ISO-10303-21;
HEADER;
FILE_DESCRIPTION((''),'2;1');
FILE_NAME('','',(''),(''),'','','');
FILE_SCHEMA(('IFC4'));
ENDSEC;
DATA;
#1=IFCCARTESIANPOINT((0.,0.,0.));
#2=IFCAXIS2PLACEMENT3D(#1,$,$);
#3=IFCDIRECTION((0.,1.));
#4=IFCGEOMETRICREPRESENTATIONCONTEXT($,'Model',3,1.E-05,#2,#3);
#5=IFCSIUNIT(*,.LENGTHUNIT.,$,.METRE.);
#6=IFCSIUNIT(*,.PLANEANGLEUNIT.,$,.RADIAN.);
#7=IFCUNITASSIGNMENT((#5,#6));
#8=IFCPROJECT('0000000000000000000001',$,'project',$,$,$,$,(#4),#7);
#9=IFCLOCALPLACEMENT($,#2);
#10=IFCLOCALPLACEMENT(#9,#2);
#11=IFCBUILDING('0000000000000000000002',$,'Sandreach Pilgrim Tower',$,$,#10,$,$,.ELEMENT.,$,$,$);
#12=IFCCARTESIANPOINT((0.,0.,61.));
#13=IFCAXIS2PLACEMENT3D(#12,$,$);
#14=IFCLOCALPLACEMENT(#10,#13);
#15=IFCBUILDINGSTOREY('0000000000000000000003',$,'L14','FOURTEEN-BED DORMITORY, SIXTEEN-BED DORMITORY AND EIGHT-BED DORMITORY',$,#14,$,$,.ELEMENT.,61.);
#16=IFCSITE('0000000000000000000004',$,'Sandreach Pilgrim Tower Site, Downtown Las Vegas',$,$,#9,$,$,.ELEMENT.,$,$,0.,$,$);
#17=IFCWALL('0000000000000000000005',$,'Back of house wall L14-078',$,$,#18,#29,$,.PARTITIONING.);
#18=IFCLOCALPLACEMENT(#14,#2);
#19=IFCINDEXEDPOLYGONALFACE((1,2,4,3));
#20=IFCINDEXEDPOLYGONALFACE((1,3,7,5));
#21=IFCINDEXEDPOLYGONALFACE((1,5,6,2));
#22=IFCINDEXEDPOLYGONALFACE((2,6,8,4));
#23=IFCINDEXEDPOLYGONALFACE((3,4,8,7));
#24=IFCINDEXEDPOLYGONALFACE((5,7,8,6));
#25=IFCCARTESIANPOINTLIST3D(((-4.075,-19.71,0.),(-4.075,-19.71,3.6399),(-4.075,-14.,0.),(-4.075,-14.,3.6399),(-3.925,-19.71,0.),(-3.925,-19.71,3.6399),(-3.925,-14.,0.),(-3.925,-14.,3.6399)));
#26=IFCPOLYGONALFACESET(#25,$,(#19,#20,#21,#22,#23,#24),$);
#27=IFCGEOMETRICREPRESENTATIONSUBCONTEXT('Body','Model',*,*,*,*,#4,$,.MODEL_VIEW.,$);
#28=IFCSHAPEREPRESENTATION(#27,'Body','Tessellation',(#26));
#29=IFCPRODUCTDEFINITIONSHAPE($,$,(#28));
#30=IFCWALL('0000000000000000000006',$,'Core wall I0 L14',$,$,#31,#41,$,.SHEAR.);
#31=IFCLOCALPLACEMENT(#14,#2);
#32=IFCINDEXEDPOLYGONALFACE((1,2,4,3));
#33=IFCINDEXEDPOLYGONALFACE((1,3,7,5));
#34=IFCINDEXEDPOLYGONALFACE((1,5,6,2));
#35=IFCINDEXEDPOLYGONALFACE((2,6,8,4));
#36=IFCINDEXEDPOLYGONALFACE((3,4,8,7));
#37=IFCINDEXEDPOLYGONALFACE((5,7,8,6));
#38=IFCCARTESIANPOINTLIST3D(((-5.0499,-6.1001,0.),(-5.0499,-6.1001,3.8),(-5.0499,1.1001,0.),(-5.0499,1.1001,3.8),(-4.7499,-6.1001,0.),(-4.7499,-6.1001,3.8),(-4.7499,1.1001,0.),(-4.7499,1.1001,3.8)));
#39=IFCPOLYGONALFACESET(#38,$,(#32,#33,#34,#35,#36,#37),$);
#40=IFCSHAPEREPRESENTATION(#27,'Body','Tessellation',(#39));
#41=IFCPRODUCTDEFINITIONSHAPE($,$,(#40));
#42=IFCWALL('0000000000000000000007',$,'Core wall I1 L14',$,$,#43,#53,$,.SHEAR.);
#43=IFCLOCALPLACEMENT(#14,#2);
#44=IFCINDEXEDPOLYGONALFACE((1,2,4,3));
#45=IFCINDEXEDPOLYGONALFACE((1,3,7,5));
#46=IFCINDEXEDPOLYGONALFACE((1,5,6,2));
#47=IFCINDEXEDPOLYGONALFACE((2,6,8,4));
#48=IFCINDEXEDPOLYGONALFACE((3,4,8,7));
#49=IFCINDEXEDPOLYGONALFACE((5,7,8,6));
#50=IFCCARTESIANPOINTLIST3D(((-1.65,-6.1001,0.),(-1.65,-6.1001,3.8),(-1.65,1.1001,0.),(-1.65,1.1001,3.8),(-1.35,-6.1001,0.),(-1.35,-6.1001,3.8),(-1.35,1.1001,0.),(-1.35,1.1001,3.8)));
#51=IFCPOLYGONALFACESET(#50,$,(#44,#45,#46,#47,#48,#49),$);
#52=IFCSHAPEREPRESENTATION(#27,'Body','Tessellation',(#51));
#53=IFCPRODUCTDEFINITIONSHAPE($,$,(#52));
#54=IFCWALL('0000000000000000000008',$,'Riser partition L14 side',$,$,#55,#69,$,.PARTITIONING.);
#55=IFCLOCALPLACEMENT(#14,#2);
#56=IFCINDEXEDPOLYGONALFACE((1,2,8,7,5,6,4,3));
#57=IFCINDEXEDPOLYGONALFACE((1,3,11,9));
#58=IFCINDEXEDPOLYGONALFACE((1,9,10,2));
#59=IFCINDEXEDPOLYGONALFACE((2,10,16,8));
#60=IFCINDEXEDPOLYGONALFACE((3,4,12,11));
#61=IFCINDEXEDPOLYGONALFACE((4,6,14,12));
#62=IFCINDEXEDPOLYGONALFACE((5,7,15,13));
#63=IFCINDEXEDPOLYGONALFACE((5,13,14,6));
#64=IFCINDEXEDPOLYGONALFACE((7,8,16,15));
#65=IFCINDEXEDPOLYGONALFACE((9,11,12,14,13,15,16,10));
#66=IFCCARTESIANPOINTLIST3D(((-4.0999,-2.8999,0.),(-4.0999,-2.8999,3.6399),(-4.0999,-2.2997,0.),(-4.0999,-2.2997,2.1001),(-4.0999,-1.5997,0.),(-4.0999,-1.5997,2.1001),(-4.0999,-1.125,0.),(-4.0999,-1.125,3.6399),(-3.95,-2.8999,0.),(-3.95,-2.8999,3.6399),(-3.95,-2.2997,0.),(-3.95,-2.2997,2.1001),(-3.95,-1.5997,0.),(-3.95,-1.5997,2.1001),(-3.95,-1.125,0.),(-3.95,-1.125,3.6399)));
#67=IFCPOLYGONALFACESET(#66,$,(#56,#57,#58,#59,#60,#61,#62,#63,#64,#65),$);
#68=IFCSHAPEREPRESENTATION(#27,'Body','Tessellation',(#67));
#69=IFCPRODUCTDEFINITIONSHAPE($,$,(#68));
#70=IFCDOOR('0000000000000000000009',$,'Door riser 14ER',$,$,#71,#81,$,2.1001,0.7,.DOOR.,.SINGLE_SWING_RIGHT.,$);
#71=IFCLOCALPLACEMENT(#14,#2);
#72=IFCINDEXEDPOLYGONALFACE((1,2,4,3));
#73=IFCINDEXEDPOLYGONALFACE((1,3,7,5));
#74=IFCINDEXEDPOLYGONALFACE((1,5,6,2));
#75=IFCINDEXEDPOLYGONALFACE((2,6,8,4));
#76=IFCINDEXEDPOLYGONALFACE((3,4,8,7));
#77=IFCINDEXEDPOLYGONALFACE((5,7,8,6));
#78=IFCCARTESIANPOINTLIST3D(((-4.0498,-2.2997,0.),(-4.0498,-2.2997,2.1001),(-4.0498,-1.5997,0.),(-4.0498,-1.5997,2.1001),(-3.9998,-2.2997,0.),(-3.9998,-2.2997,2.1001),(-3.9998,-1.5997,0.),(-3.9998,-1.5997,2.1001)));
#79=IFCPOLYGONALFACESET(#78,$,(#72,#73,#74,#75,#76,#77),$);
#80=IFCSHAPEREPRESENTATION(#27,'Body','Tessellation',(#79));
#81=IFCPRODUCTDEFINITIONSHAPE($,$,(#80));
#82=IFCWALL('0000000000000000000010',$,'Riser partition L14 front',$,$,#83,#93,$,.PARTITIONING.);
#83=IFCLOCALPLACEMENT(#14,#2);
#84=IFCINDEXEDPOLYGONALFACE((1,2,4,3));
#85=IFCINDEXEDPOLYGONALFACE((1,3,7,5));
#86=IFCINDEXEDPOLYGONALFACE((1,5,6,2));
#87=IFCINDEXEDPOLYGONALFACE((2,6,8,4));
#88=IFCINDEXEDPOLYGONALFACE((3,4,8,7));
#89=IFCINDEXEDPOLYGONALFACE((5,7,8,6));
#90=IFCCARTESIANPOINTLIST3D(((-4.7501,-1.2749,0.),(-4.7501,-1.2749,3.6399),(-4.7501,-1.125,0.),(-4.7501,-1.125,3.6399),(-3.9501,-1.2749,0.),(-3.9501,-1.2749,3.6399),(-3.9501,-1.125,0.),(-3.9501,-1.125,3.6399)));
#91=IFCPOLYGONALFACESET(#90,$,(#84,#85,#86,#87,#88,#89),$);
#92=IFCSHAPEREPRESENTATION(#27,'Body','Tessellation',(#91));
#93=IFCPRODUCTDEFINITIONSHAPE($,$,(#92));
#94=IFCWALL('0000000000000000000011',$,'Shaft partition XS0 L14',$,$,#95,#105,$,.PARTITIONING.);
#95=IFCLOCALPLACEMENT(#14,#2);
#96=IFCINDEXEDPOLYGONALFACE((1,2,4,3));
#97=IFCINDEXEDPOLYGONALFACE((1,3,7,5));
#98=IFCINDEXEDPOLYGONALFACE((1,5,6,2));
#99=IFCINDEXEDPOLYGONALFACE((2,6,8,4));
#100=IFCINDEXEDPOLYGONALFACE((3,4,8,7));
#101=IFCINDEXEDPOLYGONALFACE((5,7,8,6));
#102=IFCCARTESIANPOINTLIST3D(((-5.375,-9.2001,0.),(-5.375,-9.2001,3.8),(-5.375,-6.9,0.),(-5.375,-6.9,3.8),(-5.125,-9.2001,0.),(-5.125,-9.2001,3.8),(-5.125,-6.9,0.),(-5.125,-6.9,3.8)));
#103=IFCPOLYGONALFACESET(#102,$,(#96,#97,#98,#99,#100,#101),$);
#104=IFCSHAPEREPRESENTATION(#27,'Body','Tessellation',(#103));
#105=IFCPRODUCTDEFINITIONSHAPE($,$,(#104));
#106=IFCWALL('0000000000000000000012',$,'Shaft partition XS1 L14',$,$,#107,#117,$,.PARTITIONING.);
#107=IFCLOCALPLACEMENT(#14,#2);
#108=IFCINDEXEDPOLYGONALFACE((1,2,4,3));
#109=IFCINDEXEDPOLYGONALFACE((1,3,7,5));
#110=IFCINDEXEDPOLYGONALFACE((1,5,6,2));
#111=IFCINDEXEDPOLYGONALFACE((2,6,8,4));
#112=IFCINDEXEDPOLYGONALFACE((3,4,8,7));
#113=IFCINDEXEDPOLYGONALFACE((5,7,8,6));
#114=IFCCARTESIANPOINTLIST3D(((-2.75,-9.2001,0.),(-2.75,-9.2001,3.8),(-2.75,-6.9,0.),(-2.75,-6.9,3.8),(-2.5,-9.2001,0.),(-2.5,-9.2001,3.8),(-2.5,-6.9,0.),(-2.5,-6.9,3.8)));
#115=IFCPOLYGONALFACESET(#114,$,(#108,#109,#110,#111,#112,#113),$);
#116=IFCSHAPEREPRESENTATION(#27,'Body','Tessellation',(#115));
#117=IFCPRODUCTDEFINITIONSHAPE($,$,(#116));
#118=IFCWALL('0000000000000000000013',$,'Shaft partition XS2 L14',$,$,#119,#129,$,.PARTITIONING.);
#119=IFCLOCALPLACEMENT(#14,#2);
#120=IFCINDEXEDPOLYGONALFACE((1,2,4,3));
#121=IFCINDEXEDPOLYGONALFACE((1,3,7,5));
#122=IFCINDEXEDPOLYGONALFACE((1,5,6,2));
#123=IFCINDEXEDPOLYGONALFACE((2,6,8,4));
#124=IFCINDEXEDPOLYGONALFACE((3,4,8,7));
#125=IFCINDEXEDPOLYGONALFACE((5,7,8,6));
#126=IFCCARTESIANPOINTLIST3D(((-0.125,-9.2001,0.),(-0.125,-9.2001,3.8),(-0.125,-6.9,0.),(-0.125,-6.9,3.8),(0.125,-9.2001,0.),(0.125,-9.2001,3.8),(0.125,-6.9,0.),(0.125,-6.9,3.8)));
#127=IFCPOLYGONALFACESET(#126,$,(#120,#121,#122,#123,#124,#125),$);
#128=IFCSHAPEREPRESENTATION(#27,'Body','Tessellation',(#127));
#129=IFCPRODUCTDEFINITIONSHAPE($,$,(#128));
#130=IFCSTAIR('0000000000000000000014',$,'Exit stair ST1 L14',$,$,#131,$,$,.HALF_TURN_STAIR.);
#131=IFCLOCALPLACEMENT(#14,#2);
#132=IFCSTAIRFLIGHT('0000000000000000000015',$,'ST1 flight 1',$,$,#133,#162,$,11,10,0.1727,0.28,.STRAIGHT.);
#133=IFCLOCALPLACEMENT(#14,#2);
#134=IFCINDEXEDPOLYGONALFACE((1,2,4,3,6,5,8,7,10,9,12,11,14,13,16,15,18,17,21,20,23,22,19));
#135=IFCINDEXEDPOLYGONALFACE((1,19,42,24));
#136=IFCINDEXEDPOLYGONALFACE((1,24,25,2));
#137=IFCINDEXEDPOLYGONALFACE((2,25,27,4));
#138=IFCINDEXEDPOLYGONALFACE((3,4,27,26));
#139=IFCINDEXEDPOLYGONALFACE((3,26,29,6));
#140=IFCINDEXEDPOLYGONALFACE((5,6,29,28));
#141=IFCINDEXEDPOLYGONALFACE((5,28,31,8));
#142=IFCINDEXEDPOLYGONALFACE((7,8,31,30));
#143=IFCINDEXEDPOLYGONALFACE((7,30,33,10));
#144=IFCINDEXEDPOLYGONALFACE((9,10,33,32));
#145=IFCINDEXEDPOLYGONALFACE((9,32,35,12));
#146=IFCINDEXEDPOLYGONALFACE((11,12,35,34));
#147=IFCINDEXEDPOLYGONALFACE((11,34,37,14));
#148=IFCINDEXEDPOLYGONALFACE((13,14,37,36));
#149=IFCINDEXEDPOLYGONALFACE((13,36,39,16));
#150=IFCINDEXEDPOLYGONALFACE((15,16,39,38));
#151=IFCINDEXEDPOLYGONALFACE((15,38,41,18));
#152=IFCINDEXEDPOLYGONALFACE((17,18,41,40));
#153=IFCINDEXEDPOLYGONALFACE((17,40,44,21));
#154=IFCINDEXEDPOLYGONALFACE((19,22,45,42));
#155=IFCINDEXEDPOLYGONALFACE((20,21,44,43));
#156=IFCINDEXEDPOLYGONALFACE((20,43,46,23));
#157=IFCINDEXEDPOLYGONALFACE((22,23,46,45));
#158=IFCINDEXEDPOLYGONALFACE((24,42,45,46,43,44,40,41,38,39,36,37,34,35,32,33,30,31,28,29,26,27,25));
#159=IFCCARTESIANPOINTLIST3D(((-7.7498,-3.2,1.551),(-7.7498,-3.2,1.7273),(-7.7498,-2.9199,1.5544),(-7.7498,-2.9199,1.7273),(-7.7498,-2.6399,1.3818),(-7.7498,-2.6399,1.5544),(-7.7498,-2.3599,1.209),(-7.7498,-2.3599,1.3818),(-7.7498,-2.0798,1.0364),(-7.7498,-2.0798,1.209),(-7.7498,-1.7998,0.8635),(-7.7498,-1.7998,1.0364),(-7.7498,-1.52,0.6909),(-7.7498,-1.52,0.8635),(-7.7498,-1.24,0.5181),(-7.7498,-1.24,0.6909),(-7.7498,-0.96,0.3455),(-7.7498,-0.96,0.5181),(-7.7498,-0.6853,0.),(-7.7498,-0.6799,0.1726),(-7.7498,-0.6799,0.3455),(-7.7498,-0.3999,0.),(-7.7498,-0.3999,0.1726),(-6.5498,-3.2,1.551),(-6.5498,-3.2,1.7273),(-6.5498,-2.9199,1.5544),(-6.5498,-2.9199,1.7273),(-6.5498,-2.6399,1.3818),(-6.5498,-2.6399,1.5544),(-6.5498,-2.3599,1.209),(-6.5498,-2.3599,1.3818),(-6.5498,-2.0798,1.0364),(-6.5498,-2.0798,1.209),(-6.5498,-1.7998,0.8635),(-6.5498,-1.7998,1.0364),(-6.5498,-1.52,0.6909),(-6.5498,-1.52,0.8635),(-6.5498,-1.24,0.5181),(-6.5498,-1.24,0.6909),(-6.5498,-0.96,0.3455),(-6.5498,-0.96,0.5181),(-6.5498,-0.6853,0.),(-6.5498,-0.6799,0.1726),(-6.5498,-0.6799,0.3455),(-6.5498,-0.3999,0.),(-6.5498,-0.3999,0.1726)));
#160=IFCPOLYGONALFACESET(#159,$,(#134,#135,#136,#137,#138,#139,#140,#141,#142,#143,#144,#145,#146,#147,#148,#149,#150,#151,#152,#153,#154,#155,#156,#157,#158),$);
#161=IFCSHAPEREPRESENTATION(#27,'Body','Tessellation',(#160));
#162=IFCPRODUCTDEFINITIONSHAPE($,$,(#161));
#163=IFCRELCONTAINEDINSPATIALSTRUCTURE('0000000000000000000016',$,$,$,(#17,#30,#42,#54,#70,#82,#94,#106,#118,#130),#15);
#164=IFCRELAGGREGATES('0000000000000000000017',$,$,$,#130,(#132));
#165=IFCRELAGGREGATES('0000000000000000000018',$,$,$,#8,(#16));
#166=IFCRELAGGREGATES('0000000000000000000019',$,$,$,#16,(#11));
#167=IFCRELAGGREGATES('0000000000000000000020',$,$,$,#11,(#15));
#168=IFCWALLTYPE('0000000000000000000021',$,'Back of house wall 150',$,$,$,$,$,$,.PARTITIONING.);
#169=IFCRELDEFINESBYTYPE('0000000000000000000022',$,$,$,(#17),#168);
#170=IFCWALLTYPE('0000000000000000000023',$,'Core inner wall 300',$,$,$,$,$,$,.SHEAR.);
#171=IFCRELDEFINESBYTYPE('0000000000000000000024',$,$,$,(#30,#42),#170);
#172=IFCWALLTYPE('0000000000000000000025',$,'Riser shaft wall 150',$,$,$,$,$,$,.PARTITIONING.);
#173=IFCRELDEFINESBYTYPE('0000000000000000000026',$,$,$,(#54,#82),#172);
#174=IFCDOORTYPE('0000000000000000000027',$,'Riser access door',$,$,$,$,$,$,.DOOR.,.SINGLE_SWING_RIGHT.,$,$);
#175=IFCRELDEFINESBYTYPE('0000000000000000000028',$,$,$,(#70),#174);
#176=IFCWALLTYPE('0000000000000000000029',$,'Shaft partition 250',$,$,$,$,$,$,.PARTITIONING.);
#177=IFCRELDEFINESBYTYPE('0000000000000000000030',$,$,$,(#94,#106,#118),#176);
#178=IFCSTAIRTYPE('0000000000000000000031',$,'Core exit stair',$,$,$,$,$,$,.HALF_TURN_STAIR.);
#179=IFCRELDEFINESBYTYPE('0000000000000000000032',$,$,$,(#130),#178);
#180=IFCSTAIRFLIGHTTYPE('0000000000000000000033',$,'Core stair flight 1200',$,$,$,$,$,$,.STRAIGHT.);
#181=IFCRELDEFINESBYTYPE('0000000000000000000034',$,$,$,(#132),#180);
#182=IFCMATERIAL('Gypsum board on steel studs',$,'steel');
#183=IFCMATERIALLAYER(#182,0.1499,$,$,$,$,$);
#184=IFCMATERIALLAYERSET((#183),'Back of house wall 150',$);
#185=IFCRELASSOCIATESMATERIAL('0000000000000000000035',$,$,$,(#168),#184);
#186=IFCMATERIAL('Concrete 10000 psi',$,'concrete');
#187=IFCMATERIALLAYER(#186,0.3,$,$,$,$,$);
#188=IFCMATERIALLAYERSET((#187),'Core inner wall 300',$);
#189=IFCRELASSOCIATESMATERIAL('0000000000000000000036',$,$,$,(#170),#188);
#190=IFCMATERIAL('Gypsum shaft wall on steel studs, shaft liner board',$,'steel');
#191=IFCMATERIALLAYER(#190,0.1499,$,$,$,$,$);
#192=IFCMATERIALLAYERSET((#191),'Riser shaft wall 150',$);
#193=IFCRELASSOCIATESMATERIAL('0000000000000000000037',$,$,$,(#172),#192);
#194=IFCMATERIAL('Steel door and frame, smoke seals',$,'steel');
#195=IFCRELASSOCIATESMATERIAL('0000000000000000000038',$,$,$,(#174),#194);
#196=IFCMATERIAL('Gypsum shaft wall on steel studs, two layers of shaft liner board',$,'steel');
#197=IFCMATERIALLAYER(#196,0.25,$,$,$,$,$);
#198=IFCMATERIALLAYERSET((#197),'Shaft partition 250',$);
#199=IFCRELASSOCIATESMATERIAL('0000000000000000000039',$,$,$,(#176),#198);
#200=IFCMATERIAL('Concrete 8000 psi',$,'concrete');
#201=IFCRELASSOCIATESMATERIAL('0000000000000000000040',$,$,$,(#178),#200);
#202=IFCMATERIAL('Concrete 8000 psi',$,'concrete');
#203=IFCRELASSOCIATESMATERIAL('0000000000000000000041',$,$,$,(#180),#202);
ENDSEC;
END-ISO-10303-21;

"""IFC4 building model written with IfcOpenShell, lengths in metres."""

from ifc_helpers import new_model, si_unit, direction, frame, frame_2d, origin, place, context, subcontext, project, spatial, polyline, rectangle, outline, extrude, material, layer, layer_set, type_object, element, fill, aggregate, save


model = new_model("IFC4")

# Units and contexts
model_context = context("Model", 3, precision=1e-05, world=origin(), true_north=direction((0.0, 1.0)))
body_context = subcontext(model_context, "Body", "Model", "MODEL_VIEW")
ifc_project = project(units=[si_unit("LENGTHUNIT", "METRE"), si_unit("PLANEANGLEUNIT", "RADIAN")], contexts=[model_context])

# Site, building, storey
site_placement = place(None, origin())
site = spatial("IfcSite", under=ifc_project, at=site_placement, Name="Sandreach Pilgrim Tower Site, Downtown Las Vegas", CompositionType="ELEMENT", RefElevation=0.0)
building_placement = place(site_placement, origin())
building = spatial("IfcBuilding", under=site, at=building_placement, Name="Sandreach Pilgrim Tower", CompositionType="ELEMENT")
storey_placement = place(building_placement, frame((0.0, 0.0, 61.0)))
storey = spatial("IfcBuildingStorey", under=building, at=storey_placement, Name="L14", Description="FOURTEEN-BED DORMITORY, SIXTEEN-BED DORMITORY AND EIGHT-BED DORMITORY", CompositionType="ELEMENT", Elevation=61.0)

# Walls
ifc_material_1 = material(Name="Gypsum board on steel studs", Category="steel")
ifc_layer_1 = layer(ifc_material_1, 0.1499)
ifc_layer_set_1 = layer_set([ifc_layer_1], Name="Back of house wall 150")
wall_type_1 = type_object("IfcWallType", Name="Back of house wall 150", PredefinedType="PARTITIONING", material=ifc_layer_set_1)
wall_1_placement = place(storey_placement, frame((-4.0, -14.0, 0.0), z_axis=(0.0, 0.0, 1.0), x_axis=(0.0, -1.0, 0.0)))
element("IfcWall", 1, at=wall_1_placement, inside=storey, type_object=wall_type_1, Name="Back of house wall L14-078", PredefinedType="PARTITIONING", context=body_context, shape_type="SweptSolid", body=[
    extrude(rectangle(XDim=5.71, YDim=0.1499, at=frame_2d((2.855, 0.0))), origin(), (0.0, 0.0, 1.0), 3.6399),
])
ifc_material_2 = material(Name="Concrete 10000 psi", Category="concrete")
ifc_layer_2 = layer(ifc_material_2, 0.3)
ifc_layer_set_2 = layer_set([ifc_layer_2], Name="Core inner wall 300")
wall_type_2 = type_object("IfcWallType", Name="Core inner wall 300", PredefinedType="SHEAR", material=ifc_layer_set_2)
for number, where, z_axis, x_axis, name in (
    (2, (-4.8999, -6.1001, 0.0), (0.0, 0.0, 1.0), (0.0, 1.0, 0.0), "Core wall I0 L14"),
    (3, (-1.5, -6.1001, 0.0), (0.0, 0.0, 1.0), (0.0, 1.0, 0.0), "Core wall I1 L14"),
):
    element("IfcWall", number, at=place(storey_placement, frame(where, z_axis=z_axis, x_axis=x_axis)), inside=storey, type_object=wall_type_2, Name=name, PredefinedType="SHEAR", context=body_context, shape_type="SweptSolid", body=[
        extrude(rectangle(XDim=7.2002, YDim=0.3, at=frame_2d((3.6001, 0.0))), origin(), (0.0, 0.0, 1.0), 3.8),
    ])

# Wall, opening, door
ifc_material_3 = material(Name="Gypsum shaft wall on steel studs, shaft liner board", Category="steel")
ifc_layer_3 = layer(ifc_material_3, 0.1499)
ifc_layer_set_3 = layer_set([ifc_layer_3], Name="Riser shaft wall 150")
wall_type_3 = type_object("IfcWallType", Name="Riser shaft wall 150", PredefinedType="PARTITIONING", material=ifc_layer_set_3)
wall_2_placement = place(storey_placement, frame((-4.0249, -2.8999, 0.0), z_axis=(0.0, 0.0, 1.0), x_axis=(0.0, 1.0, 0.0)))
wall_2 = element("IfcWall", 4, at=wall_2_placement, inside=storey, type_object=wall_type_3, Name="Riser partition L14 side", PredefinedType="PARTITIONING", context=body_context, shape_type="SweptSolid", body=[
    extrude(rectangle(XDim=1.7749, YDim=0.1499, at=frame_2d((0.8875, 0.0))), origin(), (0.0, 0.0, 1.0), 3.6399),
])
opening_1_placement = place(wall_2_placement, frame((0.6001, 0.0, 0.0)))
opening_1 = element("IfcOpeningElement", 5, at=opening_1_placement, cuts=wall_2, PredefinedType="OPENING", context=body_context, shape_type="SweptSolid", body=[
    extrude(rectangle(XDim=0.7, YDim=2.1001, at=frame_2d((0.3501, 1.05))), frame((0.0, 0.075, 0.0), z_axis=(0.0, -1.0, 0.0), x_axis=(1.0, 0.0, 0.0)), (0.0, 0.0, 1.0), 0.1499),
])
ifc_material_4 = material(Name="Steel door and frame, smoke seals", Category="steel")
door_type_1 = type_object("IfcDoorType", Name="Riser access door", OperationType="SINGLE_SWING_RIGHT", PredefinedType="DOOR", material=ifc_material_4)
door_1_placement = place(opening_1_placement, origin())
door_1 = element("IfcDoor", 6, at=door_1_placement, inside=storey, type_object=door_type_1, Name="Door riser 14ER", OperationType="SINGLE_SWING_RIGHT", OverallHeight=2.1001, OverallWidth=0.7, PredefinedType="DOOR", context=body_context, shape_type="SweptSolid", body=[
    extrude(rectangle(XDim=0.7, YDim=2.1001, at=frame_2d((0.3501, 1.05))), frame((0.0, 0.0249, 0.0), z_axis=(0.0, -1.0, 0.0), x_axis=(1.0, 0.0, 0.0)), (0.0, 0.0, 1.0), 0.05),
])
fill(opening_1, door_1)

# Walls
wall_3_placement = place(storey_placement, frame((-4.75, -1.2, 0.0), z_axis=(0.0, 0.0, 1.0), x_axis=(1.0, 0.0, 0.0)))
element("IfcWall", 7, at=wall_3_placement, inside=storey, type_object=wall_type_3, Name="Riser partition L14 front", PredefinedType="PARTITIONING", context=body_context, shape_type="SweptSolid", body=[
    extrude(rectangle(XDim=0.8, YDim=0.1499, at=frame_2d((0.3999, 0.0))), origin(), (0.0, 0.0, 1.0), 3.6399),
])
ifc_material_5 = material(Name="Gypsum shaft wall on steel studs, two layers of shaft liner board", Category="steel")
ifc_layer_4 = layer(ifc_material_5, 0.25)
ifc_layer_set_4 = layer_set([ifc_layer_4], Name="Shaft partition 250")
wall_type_4 = type_object("IfcWallType", Name="Shaft partition 250", PredefinedType="PARTITIONING", material=ifc_layer_set_4)
for number, where, z_axis, x_axis, name in (
    (8, (-5.25, -9.2, 0.0), (0.0, 0.0, 1.0), (0.0, 1.0, 0.0), "Shaft partition XS0 L14"),
    (9, (-2.625, -9.2, 0.0), (0.0, 0.0, 1.0), (0.0, 1.0, 0.0), "Shaft partition XS1 L14"),
    (10, (0.0, -9.2, 0.0), (0.0, 0.0, 1.0), (0.0, 1.0, 0.0), "Shaft partition XS2 L14"),
):
    element("IfcWall", number, at=place(storey_placement, frame(where, z_axis=z_axis, x_axis=x_axis)), inside=storey, type_object=wall_type_4, Name=name, PredefinedType="PARTITIONING", context=body_context, shape_type="SweptSolid", body=[
        extrude(rectangle(XDim=2.3, YDim=0.25, at=frame_2d((1.1499, 0.0))), origin(), (0.0, 0.0, 1.0), 3.8),
    ])

# Stair, stair flight
ifc_material_6 = material(Name="Concrete 8000 psi", Category="concrete")
stair_type = type_object("IfcStairType", Name="Core exit stair", PredefinedType="HALF_TURN_STAIR", material=ifc_material_6)
stair_1_placement = place(storey_placement, origin())
stair_1 = element("IfcStair", 11, at=stair_1_placement, inside=storey, type_object=stair_type, Name="Exit stair ST1 L14", PredefinedType="HALF_TURN_STAIR")
ifc_material_7 = material(Name="Concrete 8000 psi", Category="concrete")
stair_flight_type = type_object("IfcStairFlightType", Name="Core stair flight 1200", PredefinedType="STRAIGHT", material=ifc_material_7)
stair_flight_1_placement = place(storey_placement, frame((-7.1499, -0.3999, 0.0), z_axis=(0.0, 0.0, 1.0), x_axis=(0.0, -1.0, 0.0)))
stair_flight_1 = element("IfcStairFlight", 12, at=stair_flight_1_placement, type_object=stair_flight_type, Name="ST1 flight 1", NumberOfRisers=11, NumberOfTreads=10, PredefinedType="STRAIGHT", RiserHeight=0.1727, TreadLength=0.28, context=body_context, shape_type="SweptSolid", body=[
    extrude(outline(polyline([(0.0, 0.0), (0.0, 0.1726), (0.28, 0.1726), (0.28, 0.3455), (0.5601, 0.3455), (0.5601, 0.5181), (0.8401, 0.5181), (0.8401, 0.6909), (1.1201, 0.6909), (1.1201, 0.8635), (1.3999, 0.8635), (1.3999, 1.0364), (1.6799, 1.0364), (1.6799, 1.209), (1.96, 1.209), (1.96, 1.3818), (2.24, 1.3818), (2.24, 1.5544), (2.52, 1.5544), (2.52, 1.7273), (2.8, 1.7273), (2.8, 1.8999), (2.8, 1.551), (0.2854, 0.0), (0.0, 0.0)])), frame((0.0, 0.6001, 0.0), z_axis=(0.0, -1.0, 0.0), x_axis=(1.0, 0.0, 0.0)), (0.0, 0.0, 1.0), 1.2),
])
aggregate(stair_1, [stair_flight_1])

save(model, "model.ifc")
